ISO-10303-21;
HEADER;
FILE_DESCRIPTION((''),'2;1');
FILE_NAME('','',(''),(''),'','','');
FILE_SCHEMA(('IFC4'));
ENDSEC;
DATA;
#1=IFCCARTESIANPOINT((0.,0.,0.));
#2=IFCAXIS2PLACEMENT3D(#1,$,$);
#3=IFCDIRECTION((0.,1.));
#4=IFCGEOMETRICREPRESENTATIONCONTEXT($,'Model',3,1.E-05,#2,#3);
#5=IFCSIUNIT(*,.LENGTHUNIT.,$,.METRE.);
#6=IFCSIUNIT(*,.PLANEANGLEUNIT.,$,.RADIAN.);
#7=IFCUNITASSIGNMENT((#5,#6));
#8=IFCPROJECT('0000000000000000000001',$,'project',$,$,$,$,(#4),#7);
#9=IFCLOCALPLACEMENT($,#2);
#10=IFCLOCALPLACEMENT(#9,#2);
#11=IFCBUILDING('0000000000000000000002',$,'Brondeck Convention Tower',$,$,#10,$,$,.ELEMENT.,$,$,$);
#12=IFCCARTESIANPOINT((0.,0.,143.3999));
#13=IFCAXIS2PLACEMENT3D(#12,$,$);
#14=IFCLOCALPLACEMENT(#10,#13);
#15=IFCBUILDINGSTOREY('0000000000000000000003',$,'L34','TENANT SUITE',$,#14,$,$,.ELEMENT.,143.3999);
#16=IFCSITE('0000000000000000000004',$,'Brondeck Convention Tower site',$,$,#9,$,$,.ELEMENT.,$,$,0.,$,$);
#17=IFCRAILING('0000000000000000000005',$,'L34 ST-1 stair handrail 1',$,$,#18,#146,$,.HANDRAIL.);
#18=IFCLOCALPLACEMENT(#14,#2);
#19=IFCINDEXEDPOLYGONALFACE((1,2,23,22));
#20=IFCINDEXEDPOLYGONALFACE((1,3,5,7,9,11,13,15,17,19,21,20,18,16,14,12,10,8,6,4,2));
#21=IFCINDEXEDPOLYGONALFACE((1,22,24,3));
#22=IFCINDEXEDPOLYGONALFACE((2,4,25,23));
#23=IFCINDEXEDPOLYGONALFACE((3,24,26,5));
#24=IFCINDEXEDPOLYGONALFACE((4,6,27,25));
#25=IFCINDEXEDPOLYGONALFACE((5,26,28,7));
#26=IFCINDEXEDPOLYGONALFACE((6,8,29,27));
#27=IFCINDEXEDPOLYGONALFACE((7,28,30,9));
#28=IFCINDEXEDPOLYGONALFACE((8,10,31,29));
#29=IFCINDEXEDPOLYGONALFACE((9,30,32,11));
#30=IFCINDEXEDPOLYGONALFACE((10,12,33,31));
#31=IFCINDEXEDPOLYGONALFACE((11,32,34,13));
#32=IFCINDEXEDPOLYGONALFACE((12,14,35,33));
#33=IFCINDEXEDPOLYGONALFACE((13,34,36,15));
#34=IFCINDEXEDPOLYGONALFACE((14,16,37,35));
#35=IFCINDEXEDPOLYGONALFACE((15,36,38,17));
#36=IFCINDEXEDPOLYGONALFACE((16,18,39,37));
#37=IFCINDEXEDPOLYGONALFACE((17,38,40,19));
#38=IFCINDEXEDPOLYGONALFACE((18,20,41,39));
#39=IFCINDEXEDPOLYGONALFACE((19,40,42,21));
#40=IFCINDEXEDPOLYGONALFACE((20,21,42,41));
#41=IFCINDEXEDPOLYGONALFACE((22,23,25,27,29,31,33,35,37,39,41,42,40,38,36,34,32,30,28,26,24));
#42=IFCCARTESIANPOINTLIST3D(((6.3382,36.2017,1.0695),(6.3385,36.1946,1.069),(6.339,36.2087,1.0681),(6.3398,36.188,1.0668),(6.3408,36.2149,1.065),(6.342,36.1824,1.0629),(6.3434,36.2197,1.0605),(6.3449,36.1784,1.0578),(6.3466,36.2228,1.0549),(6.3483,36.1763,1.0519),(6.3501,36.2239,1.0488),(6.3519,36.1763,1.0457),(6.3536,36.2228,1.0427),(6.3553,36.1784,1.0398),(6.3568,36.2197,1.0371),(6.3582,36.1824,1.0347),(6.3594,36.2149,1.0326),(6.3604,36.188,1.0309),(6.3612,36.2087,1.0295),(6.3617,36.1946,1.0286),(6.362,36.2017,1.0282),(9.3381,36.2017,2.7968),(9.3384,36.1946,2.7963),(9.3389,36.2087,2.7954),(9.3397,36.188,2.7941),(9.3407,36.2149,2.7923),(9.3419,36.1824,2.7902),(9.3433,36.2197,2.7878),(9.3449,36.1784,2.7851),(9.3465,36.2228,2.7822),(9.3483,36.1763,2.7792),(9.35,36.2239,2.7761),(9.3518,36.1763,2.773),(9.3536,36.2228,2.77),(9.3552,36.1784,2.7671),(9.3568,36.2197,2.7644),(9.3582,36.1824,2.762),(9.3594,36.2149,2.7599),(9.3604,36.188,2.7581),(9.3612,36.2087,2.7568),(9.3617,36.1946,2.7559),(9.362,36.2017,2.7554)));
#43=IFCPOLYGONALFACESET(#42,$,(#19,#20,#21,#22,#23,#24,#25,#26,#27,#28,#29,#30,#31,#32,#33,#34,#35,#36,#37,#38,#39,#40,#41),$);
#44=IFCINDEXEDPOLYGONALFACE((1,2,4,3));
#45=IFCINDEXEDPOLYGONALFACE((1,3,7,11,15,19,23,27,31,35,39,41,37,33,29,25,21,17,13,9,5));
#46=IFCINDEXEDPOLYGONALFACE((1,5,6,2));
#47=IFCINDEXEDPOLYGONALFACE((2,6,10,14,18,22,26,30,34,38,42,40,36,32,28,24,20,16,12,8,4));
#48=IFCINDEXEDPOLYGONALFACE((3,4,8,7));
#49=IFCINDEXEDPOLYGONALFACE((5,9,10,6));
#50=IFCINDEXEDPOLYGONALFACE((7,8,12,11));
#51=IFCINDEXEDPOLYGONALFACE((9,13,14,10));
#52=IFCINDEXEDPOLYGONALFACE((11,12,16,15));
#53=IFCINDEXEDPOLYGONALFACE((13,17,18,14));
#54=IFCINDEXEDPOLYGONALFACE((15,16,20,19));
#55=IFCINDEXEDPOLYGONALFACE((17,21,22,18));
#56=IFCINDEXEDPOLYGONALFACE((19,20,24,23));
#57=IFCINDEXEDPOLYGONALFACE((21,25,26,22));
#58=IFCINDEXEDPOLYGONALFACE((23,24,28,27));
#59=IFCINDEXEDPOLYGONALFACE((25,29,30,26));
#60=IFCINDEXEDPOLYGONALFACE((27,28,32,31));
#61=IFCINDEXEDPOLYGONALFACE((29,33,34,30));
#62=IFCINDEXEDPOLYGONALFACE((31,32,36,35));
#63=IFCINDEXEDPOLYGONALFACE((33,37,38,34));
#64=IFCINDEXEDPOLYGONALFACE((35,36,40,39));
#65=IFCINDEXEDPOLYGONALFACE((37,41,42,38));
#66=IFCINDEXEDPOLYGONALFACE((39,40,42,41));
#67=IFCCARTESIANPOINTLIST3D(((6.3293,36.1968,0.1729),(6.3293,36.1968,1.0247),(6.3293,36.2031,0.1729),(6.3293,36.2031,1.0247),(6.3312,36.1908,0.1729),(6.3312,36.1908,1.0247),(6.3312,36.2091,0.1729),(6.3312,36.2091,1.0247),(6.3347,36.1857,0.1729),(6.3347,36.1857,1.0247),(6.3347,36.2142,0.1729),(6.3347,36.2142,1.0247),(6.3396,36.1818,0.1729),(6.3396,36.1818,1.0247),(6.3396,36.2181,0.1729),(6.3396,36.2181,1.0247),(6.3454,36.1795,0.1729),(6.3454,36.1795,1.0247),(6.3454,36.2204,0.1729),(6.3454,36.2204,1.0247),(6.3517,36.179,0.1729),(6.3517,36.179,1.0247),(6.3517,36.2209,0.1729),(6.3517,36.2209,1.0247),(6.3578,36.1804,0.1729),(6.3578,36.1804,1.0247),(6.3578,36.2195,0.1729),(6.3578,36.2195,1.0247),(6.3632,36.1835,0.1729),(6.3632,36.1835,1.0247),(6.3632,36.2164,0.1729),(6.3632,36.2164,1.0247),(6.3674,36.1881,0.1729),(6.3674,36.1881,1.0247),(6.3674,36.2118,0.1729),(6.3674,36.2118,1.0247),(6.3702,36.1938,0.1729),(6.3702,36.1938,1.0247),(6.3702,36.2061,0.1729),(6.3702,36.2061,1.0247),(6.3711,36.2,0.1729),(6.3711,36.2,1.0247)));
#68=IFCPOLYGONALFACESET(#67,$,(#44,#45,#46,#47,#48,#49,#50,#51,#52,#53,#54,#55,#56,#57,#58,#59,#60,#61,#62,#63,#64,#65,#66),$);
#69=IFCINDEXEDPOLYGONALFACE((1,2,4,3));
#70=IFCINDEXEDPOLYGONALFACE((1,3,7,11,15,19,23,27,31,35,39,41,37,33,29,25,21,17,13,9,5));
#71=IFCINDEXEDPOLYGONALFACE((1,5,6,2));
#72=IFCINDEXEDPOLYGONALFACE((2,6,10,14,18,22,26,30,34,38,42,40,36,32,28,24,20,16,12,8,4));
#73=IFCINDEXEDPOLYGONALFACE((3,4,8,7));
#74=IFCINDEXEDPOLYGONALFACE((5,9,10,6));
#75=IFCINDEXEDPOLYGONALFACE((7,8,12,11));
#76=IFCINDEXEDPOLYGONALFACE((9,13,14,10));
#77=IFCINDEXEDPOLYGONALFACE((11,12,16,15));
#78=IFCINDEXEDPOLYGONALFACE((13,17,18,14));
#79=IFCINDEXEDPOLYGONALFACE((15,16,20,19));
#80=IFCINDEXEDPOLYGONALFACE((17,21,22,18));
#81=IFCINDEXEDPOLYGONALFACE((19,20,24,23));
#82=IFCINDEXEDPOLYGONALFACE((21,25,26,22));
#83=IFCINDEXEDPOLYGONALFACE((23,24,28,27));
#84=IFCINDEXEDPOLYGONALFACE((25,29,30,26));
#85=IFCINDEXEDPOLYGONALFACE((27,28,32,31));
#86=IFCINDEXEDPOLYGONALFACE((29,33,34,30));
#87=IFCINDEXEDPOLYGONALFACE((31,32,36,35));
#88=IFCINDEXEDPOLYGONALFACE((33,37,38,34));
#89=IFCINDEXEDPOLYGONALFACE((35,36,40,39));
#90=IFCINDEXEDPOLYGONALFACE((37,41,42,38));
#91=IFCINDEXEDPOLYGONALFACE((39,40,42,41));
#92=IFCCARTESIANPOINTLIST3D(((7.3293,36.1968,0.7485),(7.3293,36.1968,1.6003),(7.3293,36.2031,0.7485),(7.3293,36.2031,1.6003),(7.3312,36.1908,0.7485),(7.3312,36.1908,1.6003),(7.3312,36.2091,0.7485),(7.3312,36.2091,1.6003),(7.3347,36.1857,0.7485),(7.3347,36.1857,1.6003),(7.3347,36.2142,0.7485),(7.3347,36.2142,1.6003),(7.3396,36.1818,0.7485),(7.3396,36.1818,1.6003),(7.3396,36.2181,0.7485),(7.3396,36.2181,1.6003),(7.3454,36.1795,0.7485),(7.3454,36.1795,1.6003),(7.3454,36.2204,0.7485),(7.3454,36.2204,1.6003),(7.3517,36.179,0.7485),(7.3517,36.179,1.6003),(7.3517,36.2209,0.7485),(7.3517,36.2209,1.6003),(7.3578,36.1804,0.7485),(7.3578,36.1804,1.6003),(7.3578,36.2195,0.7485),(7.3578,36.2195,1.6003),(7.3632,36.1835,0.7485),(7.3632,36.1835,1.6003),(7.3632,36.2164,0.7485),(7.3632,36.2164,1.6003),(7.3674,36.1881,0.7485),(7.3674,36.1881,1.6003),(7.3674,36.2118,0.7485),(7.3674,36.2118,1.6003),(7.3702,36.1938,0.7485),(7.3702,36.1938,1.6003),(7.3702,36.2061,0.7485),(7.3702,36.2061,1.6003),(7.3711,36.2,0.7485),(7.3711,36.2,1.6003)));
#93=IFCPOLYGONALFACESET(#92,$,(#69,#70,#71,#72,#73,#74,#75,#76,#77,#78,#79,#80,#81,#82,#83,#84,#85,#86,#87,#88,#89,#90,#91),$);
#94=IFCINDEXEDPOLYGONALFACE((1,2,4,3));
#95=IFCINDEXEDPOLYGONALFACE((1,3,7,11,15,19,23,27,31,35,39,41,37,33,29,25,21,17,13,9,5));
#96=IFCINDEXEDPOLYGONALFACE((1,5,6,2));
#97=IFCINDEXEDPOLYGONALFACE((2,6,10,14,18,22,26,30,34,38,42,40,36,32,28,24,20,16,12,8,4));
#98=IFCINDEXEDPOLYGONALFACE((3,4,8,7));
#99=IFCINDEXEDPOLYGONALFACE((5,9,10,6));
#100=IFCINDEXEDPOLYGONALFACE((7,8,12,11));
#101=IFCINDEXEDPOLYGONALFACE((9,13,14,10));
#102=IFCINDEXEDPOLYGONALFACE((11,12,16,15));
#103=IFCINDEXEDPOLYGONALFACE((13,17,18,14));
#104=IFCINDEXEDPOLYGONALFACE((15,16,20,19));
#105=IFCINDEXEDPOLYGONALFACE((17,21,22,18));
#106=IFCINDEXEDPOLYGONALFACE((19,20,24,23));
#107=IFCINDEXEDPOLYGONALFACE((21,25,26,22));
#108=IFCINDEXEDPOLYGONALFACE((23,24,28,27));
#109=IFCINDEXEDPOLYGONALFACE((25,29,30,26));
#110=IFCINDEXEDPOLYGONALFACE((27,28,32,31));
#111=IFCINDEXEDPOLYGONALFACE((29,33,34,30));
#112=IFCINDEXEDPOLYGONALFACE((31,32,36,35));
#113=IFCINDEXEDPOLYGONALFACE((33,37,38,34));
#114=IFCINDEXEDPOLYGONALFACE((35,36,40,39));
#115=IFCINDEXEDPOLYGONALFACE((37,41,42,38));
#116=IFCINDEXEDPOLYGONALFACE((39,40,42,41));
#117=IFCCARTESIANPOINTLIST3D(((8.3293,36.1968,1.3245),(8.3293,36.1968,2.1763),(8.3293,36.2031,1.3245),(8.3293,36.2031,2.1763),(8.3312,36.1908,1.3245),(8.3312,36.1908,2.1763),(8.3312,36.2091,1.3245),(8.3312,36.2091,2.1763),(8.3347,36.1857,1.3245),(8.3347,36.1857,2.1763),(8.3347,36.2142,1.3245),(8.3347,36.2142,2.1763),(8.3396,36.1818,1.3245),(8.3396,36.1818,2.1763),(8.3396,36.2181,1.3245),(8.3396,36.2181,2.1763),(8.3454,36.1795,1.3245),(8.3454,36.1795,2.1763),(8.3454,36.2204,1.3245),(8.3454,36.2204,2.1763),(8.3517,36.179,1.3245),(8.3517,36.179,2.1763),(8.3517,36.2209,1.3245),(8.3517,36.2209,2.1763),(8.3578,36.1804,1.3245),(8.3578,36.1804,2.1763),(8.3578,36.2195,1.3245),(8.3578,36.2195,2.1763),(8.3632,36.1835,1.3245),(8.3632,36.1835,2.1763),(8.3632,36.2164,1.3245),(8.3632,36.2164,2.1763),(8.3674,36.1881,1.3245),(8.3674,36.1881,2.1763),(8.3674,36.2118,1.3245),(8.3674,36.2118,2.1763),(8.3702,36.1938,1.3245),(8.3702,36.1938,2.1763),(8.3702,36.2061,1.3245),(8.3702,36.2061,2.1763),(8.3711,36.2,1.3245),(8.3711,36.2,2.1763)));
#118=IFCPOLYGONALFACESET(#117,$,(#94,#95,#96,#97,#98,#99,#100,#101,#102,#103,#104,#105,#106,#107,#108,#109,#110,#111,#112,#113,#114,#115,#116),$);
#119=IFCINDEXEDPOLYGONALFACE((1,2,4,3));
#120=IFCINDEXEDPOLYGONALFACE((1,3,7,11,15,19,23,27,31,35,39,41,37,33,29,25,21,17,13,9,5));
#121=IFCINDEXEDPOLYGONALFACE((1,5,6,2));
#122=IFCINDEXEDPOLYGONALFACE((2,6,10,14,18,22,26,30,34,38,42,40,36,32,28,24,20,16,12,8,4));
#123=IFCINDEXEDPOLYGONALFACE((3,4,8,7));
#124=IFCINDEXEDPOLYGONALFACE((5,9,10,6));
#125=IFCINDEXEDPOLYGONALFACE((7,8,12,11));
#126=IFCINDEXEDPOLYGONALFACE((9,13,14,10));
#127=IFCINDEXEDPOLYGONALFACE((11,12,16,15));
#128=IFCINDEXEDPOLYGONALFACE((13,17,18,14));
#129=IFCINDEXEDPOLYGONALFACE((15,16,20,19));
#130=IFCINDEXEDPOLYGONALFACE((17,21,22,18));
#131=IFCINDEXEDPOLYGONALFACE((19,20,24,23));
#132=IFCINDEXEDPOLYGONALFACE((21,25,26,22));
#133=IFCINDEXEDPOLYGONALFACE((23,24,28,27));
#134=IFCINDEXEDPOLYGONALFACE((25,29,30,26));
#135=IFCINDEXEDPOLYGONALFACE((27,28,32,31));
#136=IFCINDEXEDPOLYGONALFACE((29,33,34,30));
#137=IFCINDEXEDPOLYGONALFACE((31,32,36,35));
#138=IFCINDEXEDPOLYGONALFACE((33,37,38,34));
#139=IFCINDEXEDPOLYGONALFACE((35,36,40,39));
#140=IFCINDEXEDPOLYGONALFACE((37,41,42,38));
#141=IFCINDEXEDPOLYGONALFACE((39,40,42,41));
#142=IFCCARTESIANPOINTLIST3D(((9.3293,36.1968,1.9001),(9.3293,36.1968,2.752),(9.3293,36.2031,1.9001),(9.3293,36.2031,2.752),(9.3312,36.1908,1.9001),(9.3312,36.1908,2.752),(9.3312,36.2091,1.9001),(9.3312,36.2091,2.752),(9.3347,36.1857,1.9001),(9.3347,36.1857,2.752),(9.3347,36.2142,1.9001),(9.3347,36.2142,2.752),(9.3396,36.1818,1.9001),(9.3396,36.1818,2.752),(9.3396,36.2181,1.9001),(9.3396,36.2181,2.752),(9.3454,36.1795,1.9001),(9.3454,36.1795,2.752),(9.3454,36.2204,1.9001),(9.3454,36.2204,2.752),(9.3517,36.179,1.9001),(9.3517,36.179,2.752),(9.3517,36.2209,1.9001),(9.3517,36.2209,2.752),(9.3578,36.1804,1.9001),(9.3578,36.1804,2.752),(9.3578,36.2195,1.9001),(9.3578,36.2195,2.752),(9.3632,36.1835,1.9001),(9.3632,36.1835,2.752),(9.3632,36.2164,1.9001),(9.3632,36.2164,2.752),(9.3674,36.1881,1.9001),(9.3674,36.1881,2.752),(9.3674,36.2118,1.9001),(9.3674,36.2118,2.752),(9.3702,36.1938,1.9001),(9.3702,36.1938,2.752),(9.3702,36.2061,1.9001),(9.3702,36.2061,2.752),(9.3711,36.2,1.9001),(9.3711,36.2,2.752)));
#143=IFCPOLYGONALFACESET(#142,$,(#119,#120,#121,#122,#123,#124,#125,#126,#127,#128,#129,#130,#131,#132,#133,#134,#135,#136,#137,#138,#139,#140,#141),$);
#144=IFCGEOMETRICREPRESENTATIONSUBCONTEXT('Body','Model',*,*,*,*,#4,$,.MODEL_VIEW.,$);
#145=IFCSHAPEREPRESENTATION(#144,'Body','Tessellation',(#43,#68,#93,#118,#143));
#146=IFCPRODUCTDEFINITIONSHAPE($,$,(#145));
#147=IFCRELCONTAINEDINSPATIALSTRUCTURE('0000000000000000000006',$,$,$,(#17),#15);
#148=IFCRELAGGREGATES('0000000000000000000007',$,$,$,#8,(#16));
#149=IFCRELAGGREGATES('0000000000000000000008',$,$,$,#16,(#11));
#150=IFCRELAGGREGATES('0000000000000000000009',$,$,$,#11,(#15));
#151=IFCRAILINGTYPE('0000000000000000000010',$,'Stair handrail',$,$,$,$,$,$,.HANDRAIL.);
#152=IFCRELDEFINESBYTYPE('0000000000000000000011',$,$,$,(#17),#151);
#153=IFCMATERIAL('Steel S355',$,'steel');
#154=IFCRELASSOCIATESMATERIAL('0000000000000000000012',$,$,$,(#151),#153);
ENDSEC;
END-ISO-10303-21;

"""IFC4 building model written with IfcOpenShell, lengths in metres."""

from ifc_helpers import new_model, si_unit, direction, frame, origin, origin_2d, place, context, subcontext, project, spatial, circle, extrude, material, type_object, element, save


model = new_model("IFC4")

# Units and contexts
model_context = context("Model", 3, precision=1e-05, world=origin(), true_north=direction((0.0, 1.0)))
body_context = subcontext(model_context, "Body", "Model", "MODEL_VIEW")
ifc_project = project(units=[si_unit("LENGTHUNIT", "METRE"), si_unit("PLANEANGLEUNIT", "RADIAN")], contexts=[model_context])

# Site, building, storey
site_placement = place(None, origin())
site = spatial("IfcSite", under=ifc_project, at=site_placement, Name="Brondeck Convention Tower site", CompositionType="ELEMENT", RefElevation=0.0)
building_placement = place(site_placement, origin())
building = spatial("IfcBuilding", under=site, at=building_placement, Name="Brondeck Convention Tower", CompositionType="ELEMENT")
storey_placement = place(building_placement, frame((0.0, 0.0, 143.3999)))
storey = spatial("IfcBuildingStorey", under=building, at=storey_placement, Name="L34", Description="TENANT SUITE", CompositionType="ELEMENT", Elevation=143.3999)

# Shared definitions
ifc_material_1 = material(Name="Steel S355", Category="steel")

# Railing
railing_type_1 = type_object("IfcRailingType", Name="Stair handrail", PredefinedType="HANDRAIL", material=ifc_material_1)
railing_1_placement = place(storey_placement, frame((6.3501, 36.2, 0.1729)))
element("IfcRailing", 1, at=railing_1_placement, inside=storey, type_object=railing_type_1, Name="L34 ST-1 stair handrail 1", PredefinedType="HANDRAIL", context=body_context, shape_type="SweptSolid", body=[
    extrude(circle(Radius=0.0239, at=origin_2d()), frame((0.0, 0.0, 0.876), z_axis=(0.86662, 0.0, 0.498969), x_axis=(0.0, 1.0, 0.0)), (0.0, 0.0, 1.0), 3.4617),
    extrude(circle(Radius=0.021, at=origin_2d()), origin(), (0.0, 0.0, 1.0), 0.8518),
    extrude(circle(Radius=0.021, at=origin_2d()), frame((1.0, 0.0, 0.5757)), (0.0, 0.0, 1.0), 0.8518),
    extrude(circle(Radius=0.021, at=origin_2d()), frame((2.0, 0.0, 1.1516)), (0.0, 0.0, 1.0), 0.8518),
    extrude(circle(Radius=0.021, at=origin_2d()), frame((3.0, 0.0, 1.7273)), (0.0, 0.0, 1.0), 0.8518),
])

save(model, "model.ifc")
